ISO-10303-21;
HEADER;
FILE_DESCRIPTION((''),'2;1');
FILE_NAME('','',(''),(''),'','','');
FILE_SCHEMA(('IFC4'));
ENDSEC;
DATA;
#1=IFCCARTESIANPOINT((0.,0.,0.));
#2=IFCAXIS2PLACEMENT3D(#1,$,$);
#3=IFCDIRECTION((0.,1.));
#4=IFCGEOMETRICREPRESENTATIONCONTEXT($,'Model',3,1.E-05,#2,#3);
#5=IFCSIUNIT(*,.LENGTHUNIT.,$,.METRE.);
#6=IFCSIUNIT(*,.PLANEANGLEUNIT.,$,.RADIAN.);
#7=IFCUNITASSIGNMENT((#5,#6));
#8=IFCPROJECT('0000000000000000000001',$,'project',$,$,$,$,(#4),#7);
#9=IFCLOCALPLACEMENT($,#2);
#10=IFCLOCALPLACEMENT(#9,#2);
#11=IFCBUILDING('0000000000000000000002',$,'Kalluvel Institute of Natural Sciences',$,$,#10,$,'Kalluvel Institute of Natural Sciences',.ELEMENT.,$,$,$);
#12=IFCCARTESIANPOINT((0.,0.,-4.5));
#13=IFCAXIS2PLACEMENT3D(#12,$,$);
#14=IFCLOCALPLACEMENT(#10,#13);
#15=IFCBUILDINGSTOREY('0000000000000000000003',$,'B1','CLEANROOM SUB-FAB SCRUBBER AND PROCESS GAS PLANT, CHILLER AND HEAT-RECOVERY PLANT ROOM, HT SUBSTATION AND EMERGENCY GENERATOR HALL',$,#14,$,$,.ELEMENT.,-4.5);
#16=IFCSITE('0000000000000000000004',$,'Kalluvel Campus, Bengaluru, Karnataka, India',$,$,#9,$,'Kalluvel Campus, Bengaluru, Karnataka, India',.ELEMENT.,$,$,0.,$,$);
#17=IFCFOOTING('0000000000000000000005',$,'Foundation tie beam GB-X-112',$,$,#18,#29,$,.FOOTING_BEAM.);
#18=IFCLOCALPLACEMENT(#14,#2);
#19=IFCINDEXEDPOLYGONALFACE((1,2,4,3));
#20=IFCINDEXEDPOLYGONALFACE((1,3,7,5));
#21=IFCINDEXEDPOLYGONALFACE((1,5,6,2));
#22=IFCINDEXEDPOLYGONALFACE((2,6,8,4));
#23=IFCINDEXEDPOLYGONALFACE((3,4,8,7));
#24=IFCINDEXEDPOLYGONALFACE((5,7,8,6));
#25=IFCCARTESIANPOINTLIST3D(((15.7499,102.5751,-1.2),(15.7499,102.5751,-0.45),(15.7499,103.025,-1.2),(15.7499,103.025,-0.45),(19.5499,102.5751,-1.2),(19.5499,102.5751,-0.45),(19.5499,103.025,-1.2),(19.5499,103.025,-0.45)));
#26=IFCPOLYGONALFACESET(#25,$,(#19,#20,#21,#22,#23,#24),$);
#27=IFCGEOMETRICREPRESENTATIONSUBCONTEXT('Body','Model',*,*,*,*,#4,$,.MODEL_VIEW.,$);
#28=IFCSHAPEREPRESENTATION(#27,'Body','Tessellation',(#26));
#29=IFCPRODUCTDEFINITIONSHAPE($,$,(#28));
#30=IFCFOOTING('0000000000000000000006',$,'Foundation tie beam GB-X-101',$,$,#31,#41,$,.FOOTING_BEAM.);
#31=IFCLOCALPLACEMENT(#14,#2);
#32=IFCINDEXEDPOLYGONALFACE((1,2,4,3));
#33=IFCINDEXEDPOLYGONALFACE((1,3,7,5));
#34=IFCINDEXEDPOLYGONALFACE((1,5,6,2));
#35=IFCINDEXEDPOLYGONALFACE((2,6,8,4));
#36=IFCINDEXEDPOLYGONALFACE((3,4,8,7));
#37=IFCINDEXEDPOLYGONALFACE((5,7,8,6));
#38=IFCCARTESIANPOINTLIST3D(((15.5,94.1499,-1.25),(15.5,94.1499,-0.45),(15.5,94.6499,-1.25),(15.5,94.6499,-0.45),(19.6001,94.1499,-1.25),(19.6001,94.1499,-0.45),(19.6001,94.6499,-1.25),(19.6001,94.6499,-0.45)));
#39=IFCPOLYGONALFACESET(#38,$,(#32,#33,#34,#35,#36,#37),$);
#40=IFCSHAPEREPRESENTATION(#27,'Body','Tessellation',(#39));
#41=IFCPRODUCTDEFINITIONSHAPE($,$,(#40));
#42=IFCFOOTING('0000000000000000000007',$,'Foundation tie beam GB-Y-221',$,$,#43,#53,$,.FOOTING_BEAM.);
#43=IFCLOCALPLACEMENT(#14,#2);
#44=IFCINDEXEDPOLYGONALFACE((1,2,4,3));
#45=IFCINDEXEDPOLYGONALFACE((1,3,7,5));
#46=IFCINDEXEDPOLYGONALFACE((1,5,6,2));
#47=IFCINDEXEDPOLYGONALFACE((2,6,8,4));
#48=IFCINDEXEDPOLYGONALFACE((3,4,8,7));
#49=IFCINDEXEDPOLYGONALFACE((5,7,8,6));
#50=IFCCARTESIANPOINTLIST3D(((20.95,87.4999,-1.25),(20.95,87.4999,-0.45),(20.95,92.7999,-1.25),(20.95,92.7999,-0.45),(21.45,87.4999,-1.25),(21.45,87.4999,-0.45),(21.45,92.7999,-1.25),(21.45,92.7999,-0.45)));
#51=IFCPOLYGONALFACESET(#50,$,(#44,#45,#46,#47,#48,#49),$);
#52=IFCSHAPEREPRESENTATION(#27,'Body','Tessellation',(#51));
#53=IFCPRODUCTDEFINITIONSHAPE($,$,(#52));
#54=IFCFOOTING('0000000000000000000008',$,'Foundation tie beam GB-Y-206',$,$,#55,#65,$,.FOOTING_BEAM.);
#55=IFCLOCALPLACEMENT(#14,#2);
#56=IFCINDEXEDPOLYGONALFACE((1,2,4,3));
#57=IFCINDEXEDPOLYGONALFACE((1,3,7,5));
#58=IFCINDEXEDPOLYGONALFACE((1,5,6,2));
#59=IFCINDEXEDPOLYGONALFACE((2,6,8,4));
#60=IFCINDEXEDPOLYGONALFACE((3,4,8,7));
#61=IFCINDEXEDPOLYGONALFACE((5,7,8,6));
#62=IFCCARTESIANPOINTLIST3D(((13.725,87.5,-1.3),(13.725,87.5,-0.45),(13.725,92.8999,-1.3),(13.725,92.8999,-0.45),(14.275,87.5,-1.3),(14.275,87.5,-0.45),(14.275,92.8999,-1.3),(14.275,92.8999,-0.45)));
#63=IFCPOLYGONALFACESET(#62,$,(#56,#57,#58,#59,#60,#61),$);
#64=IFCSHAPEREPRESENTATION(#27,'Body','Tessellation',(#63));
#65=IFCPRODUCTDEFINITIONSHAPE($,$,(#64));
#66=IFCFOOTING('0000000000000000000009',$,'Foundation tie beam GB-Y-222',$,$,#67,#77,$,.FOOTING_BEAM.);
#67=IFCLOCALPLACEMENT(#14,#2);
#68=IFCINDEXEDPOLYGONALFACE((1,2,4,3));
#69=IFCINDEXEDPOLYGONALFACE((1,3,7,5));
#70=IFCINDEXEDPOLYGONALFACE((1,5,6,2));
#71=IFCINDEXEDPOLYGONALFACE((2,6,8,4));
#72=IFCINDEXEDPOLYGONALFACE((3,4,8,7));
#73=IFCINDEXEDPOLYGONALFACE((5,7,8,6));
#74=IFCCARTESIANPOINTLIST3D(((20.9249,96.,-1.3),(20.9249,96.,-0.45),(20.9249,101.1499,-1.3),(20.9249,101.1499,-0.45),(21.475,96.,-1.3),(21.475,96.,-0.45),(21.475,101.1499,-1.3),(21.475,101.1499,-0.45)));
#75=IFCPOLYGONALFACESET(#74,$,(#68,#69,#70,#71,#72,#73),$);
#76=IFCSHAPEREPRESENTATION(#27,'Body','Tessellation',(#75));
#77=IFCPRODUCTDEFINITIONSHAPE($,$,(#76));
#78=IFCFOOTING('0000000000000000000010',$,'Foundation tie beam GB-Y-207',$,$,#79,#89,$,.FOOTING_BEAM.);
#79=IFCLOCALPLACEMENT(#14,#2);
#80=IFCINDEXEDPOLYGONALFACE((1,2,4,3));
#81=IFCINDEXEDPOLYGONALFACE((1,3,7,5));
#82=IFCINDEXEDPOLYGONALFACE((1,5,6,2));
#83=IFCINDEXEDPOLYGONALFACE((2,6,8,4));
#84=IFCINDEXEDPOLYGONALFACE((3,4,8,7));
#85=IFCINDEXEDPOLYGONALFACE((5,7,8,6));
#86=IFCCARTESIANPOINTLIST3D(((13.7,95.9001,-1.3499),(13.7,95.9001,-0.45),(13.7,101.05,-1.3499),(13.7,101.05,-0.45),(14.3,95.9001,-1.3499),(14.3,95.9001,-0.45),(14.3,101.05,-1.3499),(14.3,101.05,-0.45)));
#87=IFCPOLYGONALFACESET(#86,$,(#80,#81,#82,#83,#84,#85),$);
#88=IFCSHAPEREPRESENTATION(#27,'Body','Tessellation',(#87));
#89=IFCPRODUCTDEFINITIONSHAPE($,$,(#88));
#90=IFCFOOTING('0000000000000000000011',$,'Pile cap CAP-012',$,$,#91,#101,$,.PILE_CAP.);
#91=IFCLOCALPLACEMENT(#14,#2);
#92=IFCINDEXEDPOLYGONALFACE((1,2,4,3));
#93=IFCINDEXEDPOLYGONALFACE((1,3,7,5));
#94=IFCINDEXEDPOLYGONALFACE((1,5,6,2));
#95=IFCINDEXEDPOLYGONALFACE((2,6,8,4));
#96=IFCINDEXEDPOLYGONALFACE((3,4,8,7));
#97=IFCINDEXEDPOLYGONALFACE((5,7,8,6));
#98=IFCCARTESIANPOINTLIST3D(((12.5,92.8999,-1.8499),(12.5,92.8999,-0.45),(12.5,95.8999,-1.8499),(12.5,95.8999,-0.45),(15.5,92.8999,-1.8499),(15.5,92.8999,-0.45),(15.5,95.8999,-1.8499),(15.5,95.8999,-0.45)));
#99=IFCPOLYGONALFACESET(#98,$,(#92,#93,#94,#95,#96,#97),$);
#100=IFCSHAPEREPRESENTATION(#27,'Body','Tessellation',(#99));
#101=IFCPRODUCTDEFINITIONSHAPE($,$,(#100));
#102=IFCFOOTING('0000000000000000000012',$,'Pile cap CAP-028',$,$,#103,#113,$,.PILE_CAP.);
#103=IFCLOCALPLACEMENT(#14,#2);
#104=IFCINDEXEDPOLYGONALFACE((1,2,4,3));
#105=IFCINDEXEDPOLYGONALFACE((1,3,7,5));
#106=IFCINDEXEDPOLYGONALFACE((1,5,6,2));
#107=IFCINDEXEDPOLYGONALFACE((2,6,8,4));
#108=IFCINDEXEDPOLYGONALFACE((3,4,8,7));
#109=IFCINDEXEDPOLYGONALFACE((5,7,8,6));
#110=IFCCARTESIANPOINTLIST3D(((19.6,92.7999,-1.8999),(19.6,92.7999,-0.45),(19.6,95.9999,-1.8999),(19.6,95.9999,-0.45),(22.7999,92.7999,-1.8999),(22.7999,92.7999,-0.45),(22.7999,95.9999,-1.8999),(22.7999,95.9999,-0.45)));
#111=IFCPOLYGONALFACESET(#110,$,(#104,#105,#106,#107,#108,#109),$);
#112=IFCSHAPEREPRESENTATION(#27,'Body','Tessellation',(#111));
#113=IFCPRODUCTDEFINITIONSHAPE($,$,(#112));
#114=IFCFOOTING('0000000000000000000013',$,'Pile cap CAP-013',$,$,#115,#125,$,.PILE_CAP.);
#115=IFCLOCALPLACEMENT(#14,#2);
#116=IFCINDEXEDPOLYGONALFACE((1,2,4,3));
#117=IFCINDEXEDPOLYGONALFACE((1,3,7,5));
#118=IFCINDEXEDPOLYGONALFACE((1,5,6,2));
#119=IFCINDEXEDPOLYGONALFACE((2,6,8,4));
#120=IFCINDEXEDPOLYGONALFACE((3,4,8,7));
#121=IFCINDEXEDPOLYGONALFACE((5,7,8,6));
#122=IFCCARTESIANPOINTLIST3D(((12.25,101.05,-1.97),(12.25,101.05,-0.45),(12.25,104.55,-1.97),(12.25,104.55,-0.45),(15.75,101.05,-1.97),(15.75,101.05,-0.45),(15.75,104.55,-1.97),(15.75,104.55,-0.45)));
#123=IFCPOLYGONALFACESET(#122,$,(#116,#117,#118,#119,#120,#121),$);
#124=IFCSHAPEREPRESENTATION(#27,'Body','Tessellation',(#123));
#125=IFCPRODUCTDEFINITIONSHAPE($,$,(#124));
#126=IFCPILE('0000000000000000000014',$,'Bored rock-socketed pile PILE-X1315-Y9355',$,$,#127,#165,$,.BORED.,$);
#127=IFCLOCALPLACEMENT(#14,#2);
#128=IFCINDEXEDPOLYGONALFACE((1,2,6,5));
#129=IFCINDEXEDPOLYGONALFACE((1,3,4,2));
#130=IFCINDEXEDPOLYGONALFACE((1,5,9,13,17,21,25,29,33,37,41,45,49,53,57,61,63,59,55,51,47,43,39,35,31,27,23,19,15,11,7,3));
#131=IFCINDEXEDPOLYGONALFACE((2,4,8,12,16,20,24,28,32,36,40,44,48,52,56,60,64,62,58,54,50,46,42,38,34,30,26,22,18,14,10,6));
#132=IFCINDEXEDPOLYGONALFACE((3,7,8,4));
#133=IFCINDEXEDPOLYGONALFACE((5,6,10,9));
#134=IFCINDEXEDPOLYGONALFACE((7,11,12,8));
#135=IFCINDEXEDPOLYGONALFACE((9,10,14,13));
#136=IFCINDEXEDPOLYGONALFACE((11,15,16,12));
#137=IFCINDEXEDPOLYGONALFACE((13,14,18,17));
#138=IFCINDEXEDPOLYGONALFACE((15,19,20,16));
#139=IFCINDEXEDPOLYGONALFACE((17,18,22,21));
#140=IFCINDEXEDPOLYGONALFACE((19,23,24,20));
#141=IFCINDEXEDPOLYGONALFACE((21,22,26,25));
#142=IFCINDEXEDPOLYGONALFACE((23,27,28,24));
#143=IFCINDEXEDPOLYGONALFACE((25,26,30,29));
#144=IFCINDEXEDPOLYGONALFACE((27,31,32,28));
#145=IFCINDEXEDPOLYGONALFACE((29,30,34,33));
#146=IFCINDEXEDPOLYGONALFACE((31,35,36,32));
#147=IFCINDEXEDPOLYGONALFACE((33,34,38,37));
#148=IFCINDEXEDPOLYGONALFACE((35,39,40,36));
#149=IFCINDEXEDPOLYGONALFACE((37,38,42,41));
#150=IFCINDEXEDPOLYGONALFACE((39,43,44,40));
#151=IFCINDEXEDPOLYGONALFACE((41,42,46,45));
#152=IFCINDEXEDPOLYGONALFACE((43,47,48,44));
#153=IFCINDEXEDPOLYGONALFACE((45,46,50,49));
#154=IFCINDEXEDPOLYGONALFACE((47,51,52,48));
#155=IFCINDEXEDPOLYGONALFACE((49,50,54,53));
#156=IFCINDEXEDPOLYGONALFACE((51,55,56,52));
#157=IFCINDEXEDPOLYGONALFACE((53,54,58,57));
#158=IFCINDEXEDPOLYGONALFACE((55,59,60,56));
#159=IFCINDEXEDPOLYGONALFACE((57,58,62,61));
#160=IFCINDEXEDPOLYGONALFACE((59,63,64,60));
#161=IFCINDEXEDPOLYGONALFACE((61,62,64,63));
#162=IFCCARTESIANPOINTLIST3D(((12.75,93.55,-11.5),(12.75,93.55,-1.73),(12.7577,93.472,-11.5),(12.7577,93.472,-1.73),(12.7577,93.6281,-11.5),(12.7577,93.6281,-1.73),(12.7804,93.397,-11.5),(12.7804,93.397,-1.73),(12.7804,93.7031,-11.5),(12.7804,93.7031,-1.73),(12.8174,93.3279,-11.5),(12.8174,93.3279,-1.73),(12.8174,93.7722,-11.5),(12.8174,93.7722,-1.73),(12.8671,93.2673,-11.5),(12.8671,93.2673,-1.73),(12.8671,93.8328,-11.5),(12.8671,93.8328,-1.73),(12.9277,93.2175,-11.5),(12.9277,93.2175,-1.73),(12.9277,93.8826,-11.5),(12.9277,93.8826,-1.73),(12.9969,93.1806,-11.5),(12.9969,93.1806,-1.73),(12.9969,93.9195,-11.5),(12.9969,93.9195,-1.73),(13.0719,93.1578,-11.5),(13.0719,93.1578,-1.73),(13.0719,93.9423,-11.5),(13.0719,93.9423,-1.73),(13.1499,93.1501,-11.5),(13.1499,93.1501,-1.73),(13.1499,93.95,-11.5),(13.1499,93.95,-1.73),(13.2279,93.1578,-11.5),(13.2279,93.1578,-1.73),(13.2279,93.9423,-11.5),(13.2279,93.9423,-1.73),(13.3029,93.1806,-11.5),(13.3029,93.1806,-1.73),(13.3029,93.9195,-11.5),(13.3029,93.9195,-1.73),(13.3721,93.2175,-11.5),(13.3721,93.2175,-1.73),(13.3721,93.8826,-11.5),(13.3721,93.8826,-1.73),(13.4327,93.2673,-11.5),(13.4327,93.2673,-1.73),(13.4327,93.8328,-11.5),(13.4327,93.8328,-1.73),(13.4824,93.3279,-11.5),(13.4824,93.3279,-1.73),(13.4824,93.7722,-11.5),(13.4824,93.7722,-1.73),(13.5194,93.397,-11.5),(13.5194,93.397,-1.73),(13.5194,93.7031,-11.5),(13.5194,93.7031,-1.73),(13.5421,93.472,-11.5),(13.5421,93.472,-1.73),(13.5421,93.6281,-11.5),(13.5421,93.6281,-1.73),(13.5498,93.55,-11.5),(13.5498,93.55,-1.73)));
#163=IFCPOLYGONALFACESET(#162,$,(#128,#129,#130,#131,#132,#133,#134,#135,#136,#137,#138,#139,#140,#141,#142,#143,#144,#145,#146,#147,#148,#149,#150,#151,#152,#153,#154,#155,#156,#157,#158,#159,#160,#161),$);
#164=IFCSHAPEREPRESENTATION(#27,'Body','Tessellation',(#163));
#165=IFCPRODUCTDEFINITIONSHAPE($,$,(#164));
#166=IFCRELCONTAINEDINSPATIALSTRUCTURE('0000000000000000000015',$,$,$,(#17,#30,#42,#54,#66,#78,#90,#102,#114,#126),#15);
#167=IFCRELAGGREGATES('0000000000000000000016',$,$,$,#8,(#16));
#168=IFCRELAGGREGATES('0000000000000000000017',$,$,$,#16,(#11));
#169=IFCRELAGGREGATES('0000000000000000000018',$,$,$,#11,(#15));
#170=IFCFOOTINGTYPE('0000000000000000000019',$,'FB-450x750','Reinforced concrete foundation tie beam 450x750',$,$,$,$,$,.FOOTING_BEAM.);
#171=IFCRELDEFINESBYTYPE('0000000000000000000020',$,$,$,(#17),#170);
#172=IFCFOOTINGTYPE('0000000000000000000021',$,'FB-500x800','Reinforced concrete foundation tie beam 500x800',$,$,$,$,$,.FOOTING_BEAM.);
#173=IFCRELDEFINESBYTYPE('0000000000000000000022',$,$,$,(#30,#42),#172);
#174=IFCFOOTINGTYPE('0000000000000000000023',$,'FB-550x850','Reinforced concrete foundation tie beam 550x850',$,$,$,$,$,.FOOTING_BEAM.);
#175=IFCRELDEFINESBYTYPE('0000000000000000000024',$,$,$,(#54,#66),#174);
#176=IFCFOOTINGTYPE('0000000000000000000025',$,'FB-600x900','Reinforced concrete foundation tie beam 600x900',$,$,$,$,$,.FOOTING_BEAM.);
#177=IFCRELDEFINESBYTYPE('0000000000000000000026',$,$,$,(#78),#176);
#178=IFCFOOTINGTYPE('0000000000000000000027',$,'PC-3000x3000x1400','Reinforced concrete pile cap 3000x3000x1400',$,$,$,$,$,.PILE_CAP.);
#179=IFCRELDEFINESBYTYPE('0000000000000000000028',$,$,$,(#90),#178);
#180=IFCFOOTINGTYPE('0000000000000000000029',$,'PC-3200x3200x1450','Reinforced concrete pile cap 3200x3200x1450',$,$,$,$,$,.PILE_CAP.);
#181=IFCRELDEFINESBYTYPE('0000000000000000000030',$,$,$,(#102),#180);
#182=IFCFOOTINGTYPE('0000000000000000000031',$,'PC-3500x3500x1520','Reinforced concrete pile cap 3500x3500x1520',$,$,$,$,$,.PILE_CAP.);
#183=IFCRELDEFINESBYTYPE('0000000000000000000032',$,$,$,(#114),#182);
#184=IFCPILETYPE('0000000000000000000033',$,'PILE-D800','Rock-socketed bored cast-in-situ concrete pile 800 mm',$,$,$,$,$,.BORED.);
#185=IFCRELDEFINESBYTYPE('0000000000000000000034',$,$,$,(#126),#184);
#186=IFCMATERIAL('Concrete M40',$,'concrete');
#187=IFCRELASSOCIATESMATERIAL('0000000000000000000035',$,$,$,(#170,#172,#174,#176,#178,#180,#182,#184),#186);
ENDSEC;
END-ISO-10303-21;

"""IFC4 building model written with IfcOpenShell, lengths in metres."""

from ifc_helpers import new_model, si_unit, direction, frame, origin, origin_2d, place, context, subcontext, project, spatial, rectangle, circle, extrude, material, material_profile, profile_set, type_object, element, save


model = new_model("IFC4")

# Units and contexts
model_context = context("Model", 3, precision=1e-05, world=origin(), true_north=direction((0.0, 1.0)))
body_context = subcontext(model_context, "Body", "Model", "MODEL_VIEW")
ifc_project = project(units=[si_unit("LENGTHUNIT", "METRE"), si_unit("PLANEANGLEUNIT", "RADIAN")], contexts=[model_context])

# Site, building, storey
site_placement = place(None, origin())
site = spatial("IfcSite", under=ifc_project, at=site_placement, Name="Kalluvel Campus, Bengaluru, Karnataka, India", LongName="Kalluvel Campus, Bengaluru, Karnataka, India", CompositionType="ELEMENT", RefElevation=0.0)
building_placement = place(site_placement, origin())
building = spatial("IfcBuilding", under=site, at=building_placement, Name="Kalluvel Institute of Natural Sciences", LongName="Kalluvel Institute of Natural Sciences", CompositionType="ELEMENT")
storey_placement = place(building_placement, frame((0.0, 0.0, -4.5)))
storey = spatial("IfcBuildingStorey", under=building, at=storey_placement, Name="B1", Description="CLEANROOM SUB-FAB SCRUBBER AND PROCESS GAS PLANT, CHILLER AND HEAT-RECOVERY PLANT ROOM, HT SUBSTATION AND EMERGENCY GENERATOR HALL", CompositionType="ELEMENT", Elevation=-4.5)

# Footings
ifc_material_1 = material(Name="Concrete M40", Category="concrete")
footing_type_1 = type_object("IfcFootingType", Name="FB-450x750", Description="Reinforced concrete foundation tie beam 450x750", PredefinedType="FOOTING_BEAM", material=ifc_material_1)
footing_1_placement = place(storey_placement, frame((17.6499, 102.8, -1.2), z_axis=(0.0, 0.0, 1.0), x_axis=(1.0, 0.0, 0.0)))
element("IfcFooting", 1, at=footing_1_placement, inside=storey, type_object=footing_type_1, Name="Foundation tie beam GB-X-112", PredefinedType="FOOTING_BEAM", context=body_context, shape_type="SweptSolid", body=[
    extrude(rectangle(XDim=3.8, YDim=0.45, at=origin_2d()), origin(), (0.0, 0.0, 1.0), 0.75),
])
footing_type_2 = type_object("IfcFootingType", Name="FB-500x800", Description="Reinforced concrete foundation tie beam 500x800", PredefinedType="FOOTING_BEAM", material=ifc_material_1)
footing_2_placement = place(storey_placement, frame((17.55, 94.3999, -1.25), z_axis=(0.0, 0.0, 1.0), x_axis=(1.0, 0.0, 0.0)))
element("IfcFooting", 2, at=footing_2_placement, inside=storey, type_object=footing_type_2, Name="Foundation tie beam GB-X-101", PredefinedType="FOOTING_BEAM", context=body_context, shape_type="SweptSolid", body=[
    extrude(rectangle(XDim=4.1001, YDim=0.5, at=origin_2d()), origin(), (0.0, 0.0, 1.0), 0.8),
])
footing_3_placement = place(storey_placement, frame((21.2, 90.1499, -1.25), z_axis=(0.0, 0.0, 1.0), x_axis=(1.0, 0.0, 0.0)))
element("IfcFooting", 3, at=footing_3_placement, inside=storey, type_object=footing_type_2, Name="Foundation tie beam GB-Y-221", PredefinedType="FOOTING_BEAM", context=body_context, shape_type="SweptSolid", body=[
    extrude(rectangle(XDim=0.5, YDim=5.3, at=origin_2d()), origin(), (0.0, 0.0, 1.0), 0.8),
])
footing_type_3 = type_object("IfcFootingType", Name="FB-550x850", Description="Reinforced concrete foundation tie beam 550x850", PredefinedType="FOOTING_BEAM", material=ifc_material_1)
footing_4_placement = place(storey_placement, frame((14.0, 90.2, -1.3), z_axis=(0.0, 0.0, 1.0), x_axis=(1.0, 0.0, 0.0)))
element("IfcFooting", 4, at=footing_4_placement, inside=storey, type_object=footing_type_3, Name="Foundation tie beam GB-Y-206", PredefinedType="FOOTING_BEAM", context=body_context, shape_type="SweptSolid", body=[
    extrude(rectangle(XDim=0.55, YDim=5.3999, at=origin_2d()), origin(), (0.0, 0.0, 1.0), 0.8501),
])
footing_5_placement = place(storey_placement, frame((21.2, 98.575, -1.3), z_axis=(0.0, 0.0, 1.0), x_axis=(1.0, 0.0, 0.0)))
element("IfcFooting", 5, at=footing_5_placement, inside=storey, type_object=footing_type_3, Name="Foundation tie beam GB-Y-222", PredefinedType="FOOTING_BEAM", context=body_context, shape_type="SweptSolid", body=[
    extrude(rectangle(XDim=0.55, YDim=5.1499, at=origin_2d()), origin(), (0.0, 0.0, 1.0), 0.8501),
])
footing_type_4 = type_object("IfcFootingType", Name="FB-600x900", Description="Reinforced concrete foundation tie beam 600x900", PredefinedType="FOOTING_BEAM", material=ifc_material_1)
footing_6_placement = place(storey_placement, frame((14.0, 98.4751, -1.3499), z_axis=(0.0, 0.0, 1.0), x_axis=(1.0, 0.0, 0.0)))
element("IfcFooting", 6, at=footing_6_placement, inside=storey, type_object=footing_type_4, Name="Foundation tie beam GB-Y-207", PredefinedType="FOOTING_BEAM", context=body_context, shape_type="SweptSolid", body=[
    extrude(rectangle(XDim=0.6001, YDim=5.1499, at=origin_2d()), origin(), (0.0, 0.0, 1.0), 0.8999),
])
footing_type_5 = type_object("IfcFootingType", Name="PC-3000x3000x1400", Description="Reinforced concrete pile cap 3000x3000x1400", PredefinedType="PILE_CAP", material=ifc_material_1)
footing_7_placement = place(storey_placement, frame((14.0, 94.3999, -1.8499), z_axis=(0.0, 0.0, 1.0), x_axis=(1.0, 0.0, 0.0)))
element("IfcFooting", 7, at=footing_7_placement, inside=storey, type_object=footing_type_5, Name="Pile cap CAP-012", PredefinedType="PILE_CAP", context=body_context, shape_type="SweptSolid", body=[
    extrude(rectangle(XDim=3.0, YDim=3.0, at=origin_2d()), origin(), (0.0, 0.0, 1.0), 1.3999),
])
footing_type_6 = type_object("IfcFootingType", Name="PC-3200x3200x1450", Description="Reinforced concrete pile cap 3200x3200x1450", PredefinedType="PILE_CAP", material=ifc_material_1)
footing_8_placement = place(storey_placement, frame((21.2, 94.3999, -1.8999), z_axis=(0.0, 0.0, 1.0), x_axis=(1.0, 0.0, 0.0)))
element("IfcFooting", 8, at=footing_8_placement, inside=storey, type_object=footing_type_6, Name="Pile cap CAP-028", PredefinedType="PILE_CAP", context=body_context, shape_type="SweptSolid", body=[
    extrude(rectangle(XDim=3.2, YDim=3.2, at=origin_2d()), origin(), (0.0, 0.0, 1.0), 1.45),
])
footing_type_7 = type_object("IfcFootingType", Name="PC-3500x3500x1520", Description="Reinforced concrete pile cap 3500x3500x1520", PredefinedType="PILE_CAP", material=ifc_material_1)
footing_9_placement = place(storey_placement, frame((14.0, 102.8, -1.97), z_axis=(0.0, 0.0, 1.0), x_axis=(1.0, 0.0, 0.0)))
element("IfcFooting", 9, at=footing_9_placement, inside=storey, type_object=footing_type_7, Name="Pile cap CAP-013", PredefinedType="PILE_CAP", context=body_context, shape_type="SweptSolid", body=[
    extrude(rectangle(XDim=3.5, YDim=3.5, at=origin_2d()), origin(), (0.0, 0.0, 1.0), 1.52),
])

# Pile
ifc_material_profile_1 = material_profile(ifc_material_1, circle(Radius=0.3999, at=origin_2d()), Name="PILE D800")
ifc_profile_set_1 = profile_set([ifc_material_profile_1], Name="Concrete M40")
pile_type_1 = type_object("IfcPileType", Name="PILE-D800", Description="Rock-socketed bored cast-in-situ concrete pile 800 mm", PredefinedType="BORED", material=ifc_profile_set_1)
for number, where, z_axis, x_axis, name in (
    (10, (13.1499, 93.55, -1.73), (0.0, 0.0, -1.0), (1.0, 0.0, 0.0), "Bored rock-socketed pile PILE-X1315-Y9355"),
):
    element("IfcPile", number, at=place(storey_placement, frame(where, z_axis=z_axis, x_axis=x_axis)), inside=storey, type_object=pile_type_1, Name=name, PredefinedType="BORED", context=body_context, shape_type="SweptSolid", body=[
        extrude(circle(Radius=0.3999, at=origin_2d()), origin(), (0.0, 0.0, 1.0), 9.77),
    ])

save(model, "model.ifc")
